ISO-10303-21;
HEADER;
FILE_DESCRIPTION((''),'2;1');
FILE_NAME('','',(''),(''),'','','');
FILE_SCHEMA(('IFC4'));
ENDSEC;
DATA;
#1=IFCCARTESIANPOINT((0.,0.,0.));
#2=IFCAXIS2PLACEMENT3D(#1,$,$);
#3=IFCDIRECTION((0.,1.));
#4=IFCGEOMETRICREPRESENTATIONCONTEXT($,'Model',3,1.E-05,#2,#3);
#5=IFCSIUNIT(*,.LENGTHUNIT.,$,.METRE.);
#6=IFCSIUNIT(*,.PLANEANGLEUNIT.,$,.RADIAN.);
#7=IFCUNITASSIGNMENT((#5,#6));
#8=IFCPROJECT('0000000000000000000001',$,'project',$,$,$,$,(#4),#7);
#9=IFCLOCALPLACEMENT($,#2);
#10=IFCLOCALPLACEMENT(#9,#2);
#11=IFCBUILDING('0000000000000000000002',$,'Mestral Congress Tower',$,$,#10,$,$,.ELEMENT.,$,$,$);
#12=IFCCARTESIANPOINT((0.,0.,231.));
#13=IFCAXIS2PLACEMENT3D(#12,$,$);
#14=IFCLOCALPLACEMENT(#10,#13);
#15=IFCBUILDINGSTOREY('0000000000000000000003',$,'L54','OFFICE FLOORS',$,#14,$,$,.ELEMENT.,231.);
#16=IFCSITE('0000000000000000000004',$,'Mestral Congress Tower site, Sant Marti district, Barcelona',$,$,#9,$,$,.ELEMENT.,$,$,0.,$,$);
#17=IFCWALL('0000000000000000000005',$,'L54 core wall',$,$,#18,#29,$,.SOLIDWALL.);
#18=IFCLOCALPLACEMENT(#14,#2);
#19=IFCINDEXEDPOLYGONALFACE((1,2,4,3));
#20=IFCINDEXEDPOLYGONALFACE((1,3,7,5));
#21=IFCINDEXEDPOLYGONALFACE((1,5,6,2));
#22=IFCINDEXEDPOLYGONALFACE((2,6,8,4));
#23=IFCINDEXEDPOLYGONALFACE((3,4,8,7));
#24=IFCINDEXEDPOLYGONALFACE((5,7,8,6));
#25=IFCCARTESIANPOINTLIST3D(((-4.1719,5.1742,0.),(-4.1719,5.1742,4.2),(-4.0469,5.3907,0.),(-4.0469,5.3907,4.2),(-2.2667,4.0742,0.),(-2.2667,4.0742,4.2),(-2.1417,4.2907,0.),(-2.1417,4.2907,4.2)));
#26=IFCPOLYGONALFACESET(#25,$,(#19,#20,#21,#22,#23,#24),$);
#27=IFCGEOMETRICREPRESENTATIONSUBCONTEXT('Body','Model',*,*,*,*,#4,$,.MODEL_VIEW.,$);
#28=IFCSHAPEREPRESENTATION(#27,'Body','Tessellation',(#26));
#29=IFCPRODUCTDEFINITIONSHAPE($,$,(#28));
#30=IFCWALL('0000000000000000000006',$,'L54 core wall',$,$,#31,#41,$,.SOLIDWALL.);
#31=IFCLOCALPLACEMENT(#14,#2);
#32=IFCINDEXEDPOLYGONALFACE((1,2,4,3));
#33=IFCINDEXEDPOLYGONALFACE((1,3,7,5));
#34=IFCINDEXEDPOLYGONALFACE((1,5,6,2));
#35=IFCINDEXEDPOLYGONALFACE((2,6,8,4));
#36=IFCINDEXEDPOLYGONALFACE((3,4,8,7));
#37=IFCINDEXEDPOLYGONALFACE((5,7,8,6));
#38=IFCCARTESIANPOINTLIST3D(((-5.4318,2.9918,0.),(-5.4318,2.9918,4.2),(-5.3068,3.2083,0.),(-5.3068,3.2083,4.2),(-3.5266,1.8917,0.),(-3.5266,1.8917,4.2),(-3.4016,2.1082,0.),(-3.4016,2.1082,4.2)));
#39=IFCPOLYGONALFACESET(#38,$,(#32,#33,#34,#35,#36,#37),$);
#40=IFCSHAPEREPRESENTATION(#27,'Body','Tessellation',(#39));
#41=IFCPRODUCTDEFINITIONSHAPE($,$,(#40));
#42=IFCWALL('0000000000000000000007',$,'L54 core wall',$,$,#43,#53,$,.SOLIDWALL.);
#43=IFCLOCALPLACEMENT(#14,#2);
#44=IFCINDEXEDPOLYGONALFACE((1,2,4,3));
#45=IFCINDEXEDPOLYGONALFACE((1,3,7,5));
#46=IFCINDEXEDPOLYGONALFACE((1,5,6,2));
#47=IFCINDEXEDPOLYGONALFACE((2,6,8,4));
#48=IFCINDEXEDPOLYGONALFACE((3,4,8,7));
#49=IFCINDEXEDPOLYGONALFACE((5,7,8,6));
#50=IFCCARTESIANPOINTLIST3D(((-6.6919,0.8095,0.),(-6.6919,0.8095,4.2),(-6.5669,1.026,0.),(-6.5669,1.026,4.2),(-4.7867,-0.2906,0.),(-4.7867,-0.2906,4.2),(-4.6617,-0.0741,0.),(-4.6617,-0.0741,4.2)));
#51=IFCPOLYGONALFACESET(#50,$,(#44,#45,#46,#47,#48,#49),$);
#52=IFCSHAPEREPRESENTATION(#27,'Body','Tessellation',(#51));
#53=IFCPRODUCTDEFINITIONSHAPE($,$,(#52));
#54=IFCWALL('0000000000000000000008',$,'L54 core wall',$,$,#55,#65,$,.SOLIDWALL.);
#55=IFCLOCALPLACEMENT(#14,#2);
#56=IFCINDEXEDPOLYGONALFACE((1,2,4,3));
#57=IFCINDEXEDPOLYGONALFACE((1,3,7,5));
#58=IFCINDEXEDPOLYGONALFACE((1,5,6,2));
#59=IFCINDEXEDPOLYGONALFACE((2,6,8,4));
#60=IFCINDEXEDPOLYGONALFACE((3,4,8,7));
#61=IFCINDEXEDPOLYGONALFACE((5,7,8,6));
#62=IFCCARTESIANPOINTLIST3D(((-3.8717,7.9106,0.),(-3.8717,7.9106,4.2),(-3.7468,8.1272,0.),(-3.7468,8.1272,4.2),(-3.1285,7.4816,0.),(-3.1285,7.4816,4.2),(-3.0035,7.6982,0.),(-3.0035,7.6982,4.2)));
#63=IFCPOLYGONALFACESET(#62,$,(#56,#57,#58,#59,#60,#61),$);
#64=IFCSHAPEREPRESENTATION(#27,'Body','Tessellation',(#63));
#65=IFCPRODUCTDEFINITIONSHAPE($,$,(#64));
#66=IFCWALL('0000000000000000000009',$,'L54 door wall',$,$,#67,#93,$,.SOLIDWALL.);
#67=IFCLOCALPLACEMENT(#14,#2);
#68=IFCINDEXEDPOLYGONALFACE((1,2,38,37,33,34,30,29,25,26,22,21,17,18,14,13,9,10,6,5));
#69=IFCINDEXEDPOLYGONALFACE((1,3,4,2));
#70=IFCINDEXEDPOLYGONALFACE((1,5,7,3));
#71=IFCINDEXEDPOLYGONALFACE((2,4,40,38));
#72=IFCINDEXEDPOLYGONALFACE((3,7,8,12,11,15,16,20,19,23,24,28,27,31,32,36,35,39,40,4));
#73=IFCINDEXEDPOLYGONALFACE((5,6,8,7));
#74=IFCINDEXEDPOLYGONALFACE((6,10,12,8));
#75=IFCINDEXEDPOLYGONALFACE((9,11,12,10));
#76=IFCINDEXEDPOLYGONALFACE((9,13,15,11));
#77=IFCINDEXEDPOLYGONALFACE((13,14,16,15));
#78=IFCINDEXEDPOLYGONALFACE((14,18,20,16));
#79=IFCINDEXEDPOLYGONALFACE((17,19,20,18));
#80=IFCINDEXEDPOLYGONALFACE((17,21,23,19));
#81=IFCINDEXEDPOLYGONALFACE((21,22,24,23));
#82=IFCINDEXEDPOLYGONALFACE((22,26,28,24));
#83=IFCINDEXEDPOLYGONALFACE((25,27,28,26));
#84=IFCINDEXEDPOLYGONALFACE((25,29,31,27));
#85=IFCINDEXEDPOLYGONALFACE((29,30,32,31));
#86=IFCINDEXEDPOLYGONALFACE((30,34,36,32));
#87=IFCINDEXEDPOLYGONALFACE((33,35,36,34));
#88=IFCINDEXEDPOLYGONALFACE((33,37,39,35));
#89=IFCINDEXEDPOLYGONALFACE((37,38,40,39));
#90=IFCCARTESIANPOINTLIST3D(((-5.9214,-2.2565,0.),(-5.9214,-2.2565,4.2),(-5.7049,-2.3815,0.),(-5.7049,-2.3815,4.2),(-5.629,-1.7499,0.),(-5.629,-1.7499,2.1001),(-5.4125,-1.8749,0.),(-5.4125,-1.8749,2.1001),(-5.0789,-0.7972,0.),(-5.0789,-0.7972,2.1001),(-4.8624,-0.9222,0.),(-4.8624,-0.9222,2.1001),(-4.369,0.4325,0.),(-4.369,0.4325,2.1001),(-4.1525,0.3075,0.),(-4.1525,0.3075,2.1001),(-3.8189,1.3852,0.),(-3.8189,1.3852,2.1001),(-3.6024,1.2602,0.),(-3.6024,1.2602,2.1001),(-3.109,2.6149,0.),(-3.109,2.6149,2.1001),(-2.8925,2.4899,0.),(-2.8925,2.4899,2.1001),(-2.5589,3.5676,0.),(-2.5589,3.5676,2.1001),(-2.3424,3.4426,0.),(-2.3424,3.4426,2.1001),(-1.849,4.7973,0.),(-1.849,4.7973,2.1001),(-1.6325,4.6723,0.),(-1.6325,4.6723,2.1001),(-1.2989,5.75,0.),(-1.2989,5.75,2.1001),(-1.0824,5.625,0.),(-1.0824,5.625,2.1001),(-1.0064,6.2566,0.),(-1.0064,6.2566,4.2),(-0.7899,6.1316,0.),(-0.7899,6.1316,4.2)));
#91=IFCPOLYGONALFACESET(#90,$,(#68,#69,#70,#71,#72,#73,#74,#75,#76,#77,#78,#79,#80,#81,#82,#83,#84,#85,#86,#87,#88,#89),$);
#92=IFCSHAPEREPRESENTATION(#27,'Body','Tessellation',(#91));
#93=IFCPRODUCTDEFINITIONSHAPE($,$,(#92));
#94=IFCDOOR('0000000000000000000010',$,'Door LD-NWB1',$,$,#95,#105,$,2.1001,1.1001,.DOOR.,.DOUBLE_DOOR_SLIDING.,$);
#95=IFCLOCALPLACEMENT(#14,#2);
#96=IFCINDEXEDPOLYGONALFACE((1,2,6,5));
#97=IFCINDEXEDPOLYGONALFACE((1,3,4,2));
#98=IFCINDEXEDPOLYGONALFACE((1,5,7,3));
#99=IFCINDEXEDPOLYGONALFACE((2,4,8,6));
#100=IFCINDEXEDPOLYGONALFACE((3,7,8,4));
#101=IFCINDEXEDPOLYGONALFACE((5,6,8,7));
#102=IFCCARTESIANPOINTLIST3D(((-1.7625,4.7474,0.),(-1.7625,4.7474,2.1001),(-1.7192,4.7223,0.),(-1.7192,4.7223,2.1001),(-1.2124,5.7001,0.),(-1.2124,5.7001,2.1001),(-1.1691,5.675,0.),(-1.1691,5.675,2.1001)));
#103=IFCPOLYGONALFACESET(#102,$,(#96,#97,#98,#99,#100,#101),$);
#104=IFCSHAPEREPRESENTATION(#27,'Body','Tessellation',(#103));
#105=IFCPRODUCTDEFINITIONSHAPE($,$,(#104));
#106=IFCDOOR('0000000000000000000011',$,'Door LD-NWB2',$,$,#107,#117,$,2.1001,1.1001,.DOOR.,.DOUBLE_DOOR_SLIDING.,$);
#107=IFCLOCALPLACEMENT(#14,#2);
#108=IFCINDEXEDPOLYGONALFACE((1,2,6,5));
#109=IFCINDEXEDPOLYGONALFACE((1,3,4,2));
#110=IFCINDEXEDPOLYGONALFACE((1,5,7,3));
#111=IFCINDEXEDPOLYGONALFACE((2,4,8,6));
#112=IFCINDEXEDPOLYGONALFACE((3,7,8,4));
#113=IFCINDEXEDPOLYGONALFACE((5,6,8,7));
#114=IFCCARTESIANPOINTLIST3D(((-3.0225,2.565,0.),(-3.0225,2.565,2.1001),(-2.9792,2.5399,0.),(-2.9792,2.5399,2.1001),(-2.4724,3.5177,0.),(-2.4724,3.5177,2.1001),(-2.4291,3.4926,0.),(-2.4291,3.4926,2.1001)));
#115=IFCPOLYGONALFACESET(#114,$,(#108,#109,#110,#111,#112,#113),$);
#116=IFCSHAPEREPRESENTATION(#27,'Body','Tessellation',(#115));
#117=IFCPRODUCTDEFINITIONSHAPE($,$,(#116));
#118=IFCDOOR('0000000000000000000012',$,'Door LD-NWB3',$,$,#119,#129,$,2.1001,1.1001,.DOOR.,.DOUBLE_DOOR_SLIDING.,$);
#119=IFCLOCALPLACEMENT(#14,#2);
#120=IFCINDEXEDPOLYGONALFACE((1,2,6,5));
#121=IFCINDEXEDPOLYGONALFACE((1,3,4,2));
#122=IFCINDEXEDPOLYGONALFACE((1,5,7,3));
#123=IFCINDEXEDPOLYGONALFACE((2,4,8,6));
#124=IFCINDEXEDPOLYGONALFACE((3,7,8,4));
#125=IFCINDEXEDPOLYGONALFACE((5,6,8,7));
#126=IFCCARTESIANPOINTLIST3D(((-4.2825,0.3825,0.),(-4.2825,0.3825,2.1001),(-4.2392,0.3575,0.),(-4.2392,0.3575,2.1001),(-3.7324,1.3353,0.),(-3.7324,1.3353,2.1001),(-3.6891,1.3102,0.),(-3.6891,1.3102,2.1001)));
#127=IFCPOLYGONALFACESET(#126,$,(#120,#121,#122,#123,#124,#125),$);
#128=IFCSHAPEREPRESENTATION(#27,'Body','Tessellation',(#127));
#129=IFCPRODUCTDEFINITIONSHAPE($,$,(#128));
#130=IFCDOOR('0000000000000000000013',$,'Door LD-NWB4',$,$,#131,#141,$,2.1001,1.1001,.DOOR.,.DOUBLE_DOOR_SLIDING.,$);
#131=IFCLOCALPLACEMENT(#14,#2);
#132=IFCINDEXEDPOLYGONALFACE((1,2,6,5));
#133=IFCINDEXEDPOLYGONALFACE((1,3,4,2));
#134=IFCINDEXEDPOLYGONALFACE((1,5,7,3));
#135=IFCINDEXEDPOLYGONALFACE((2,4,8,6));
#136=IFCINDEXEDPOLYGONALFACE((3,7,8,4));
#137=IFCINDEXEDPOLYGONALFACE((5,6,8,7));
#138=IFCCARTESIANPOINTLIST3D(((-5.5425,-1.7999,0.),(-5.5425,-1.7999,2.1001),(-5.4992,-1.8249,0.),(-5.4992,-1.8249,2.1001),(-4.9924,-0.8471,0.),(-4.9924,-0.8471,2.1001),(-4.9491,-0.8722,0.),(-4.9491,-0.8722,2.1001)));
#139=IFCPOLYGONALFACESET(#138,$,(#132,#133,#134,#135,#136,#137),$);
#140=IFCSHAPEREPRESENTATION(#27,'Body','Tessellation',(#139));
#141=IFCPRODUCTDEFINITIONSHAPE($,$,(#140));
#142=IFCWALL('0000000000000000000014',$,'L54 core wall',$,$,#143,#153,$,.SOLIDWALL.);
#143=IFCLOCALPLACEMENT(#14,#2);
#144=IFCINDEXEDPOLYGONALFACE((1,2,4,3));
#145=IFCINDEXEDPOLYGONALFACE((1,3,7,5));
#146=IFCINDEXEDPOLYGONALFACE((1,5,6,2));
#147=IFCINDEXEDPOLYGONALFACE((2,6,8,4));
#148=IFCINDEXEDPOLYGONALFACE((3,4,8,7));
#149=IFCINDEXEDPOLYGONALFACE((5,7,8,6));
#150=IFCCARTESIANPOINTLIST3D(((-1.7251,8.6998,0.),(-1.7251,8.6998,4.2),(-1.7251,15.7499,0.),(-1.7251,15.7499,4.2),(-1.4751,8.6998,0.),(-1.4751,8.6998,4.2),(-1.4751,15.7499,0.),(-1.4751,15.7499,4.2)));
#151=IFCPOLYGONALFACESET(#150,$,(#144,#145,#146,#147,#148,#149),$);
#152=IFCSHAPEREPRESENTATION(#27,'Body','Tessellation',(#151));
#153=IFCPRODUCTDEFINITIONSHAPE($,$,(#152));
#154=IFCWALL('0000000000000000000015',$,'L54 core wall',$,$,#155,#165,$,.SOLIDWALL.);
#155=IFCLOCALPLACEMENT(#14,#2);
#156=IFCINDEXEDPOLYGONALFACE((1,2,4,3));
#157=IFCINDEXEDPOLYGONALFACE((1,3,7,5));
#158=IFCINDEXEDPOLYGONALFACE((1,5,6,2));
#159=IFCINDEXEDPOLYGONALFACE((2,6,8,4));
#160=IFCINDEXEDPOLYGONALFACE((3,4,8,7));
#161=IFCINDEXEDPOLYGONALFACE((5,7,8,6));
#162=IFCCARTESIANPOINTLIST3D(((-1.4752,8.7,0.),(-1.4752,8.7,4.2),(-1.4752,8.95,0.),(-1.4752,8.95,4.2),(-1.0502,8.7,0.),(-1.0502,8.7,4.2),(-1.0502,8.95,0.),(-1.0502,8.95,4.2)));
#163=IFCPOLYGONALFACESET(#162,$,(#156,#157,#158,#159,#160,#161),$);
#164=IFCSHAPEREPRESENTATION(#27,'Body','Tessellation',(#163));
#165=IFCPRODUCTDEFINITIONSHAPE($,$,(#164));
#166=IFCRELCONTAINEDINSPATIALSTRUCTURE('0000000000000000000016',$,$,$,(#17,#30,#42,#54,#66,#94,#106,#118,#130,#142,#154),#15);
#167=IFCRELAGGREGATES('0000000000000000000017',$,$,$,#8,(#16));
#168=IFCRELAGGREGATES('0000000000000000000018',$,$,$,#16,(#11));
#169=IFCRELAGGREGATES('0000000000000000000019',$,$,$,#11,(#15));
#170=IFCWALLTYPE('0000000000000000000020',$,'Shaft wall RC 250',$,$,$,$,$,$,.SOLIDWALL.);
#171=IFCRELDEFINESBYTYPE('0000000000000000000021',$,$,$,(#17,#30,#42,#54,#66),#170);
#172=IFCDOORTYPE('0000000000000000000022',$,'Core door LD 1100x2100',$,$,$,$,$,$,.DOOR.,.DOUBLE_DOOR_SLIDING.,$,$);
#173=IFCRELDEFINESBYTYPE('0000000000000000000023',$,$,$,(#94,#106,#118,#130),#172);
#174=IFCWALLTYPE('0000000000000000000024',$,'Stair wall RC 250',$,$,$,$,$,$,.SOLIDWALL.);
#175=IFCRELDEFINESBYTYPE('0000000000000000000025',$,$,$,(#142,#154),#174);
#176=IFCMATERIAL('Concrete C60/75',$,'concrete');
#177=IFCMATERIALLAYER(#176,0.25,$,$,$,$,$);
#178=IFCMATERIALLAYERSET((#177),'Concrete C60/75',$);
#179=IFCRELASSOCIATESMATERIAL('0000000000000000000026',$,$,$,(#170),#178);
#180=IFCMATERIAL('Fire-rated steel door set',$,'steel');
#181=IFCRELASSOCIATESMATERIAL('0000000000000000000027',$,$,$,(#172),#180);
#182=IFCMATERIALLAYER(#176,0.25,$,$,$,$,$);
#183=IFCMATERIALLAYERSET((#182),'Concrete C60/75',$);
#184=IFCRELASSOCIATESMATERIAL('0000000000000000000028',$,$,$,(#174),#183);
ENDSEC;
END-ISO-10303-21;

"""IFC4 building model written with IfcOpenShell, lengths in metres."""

from ifc_helpers import new_model, si_unit, direction, frame, frame_2d, origin, place, context, subcontext, project, spatial, rectangle, extrude, material, layer, layer_set, type_object, element, fill, save


model = new_model("IFC4")

# Units and contexts
model_context = context("Model", 3, precision=1e-05, world=origin(), true_north=direction((0.0, 1.0)))
body_context = subcontext(model_context, "Body", "Model", "MODEL_VIEW")
ifc_project = project(units=[si_unit("LENGTHUNIT", "METRE"), si_unit("PLANEANGLEUNIT", "RADIAN")], contexts=[model_context])

# Site, building, storey
site_placement = place(None, origin())
site = spatial("IfcSite", under=ifc_project, at=site_placement, Name="Mestral Congress Tower site, Sant Marti district, Barcelona", CompositionType="ELEMENT", RefElevation=0.0)
building_placement = place(site_placement, origin())
building = spatial("IfcBuilding", under=site, at=building_placement, Name="Mestral Congress Tower", CompositionType="ELEMENT")
storey_placement = place(building_placement, frame((0.0, 0.0, 231.0)))
storey = spatial("IfcBuildingStorey", under=building, at=storey_placement, Name="L54", Description="OFFICE FLOORS", CompositionType="ELEMENT", Elevation=231.0)

# Shared definitions
ifc_material_1 = material(Name="Concrete C60/75", Category="concrete")

# Shared definitions
ifc_material_2 = material(Name="Fire-rated steel door set", Category="steel")

# Walls
ifc_layer_1 = layer(ifc_material_1, 0.25)
ifc_layer_set_1 = layer_set([ifc_layer_1], Name="Concrete C60/75")
wall_type_1 = type_object("IfcWallType", Name="Shaft wall RC 250", PredefinedType="SOLIDWALL", material=ifc_layer_set_1)
for number, where, z_axis, x_axis, name in (
    (1, (-2.2041, 4.1824, 0.0), (0.0, 0.0, 1.0), (-0.866008, 0.50003, 0.0), "L54 core wall"),
    (2, (-5.3694, 3.1001, 0.0), (0.0, 0.0, 1.0), (0.866008, -0.50003, 0.0), "L54 core wall"),
    (3, (-4.7241, -0.1824, 0.0), (0.0, 0.0, 1.0), (-0.866008, 0.50003, 0.0), "L54 core wall"),
):
    element("IfcWall", number, at=place(storey_placement, frame(where, z_axis=z_axis, x_axis=x_axis)), inside=storey, type_object=wall_type_1, Name=name, PredefinedType="SOLIDWALL", context=body_context, shape_type="SweptSolid", body=[
        extrude(rectangle(XDim=2.2, YDim=0.25, at=frame_2d((1.1001, 0.0))), origin(), (0.0, 0.0, 1.0), 4.2),
    ])
wall_1_placement = place(storey_placement, frame((-3.0659, 7.5898, 0.0), z_axis=(0.0, 0.0, 1.0), x_axis=(-0.866081, 0.499903, 0.0)))
element("IfcWall", 4, at=wall_1_placement, inside=storey, type_object=wall_type_1, Name="L54 core wall", PredefinedType="SOLIDWALL", context=body_context, shape_type="SweptSolid", body=[
    extrude(rectangle(XDim=0.8582, YDim=0.25, at=frame_2d((0.4292, 0.0))), origin(), (0.0, 0.0, 1.0), 4.2),
])

# Wall, openings, doors
wall_2_placement = place(storey_placement, frame((-0.8982, 6.1941, 0.0), z_axis=(0.0, 0.0, 1.0), x_axis=(-0.499996, -0.866028, 0.0)))
wall_2 = element("IfcWall", 5, at=wall_2_placement, inside=storey, type_object=wall_type_1, Name="L54 door wall", PredefinedType="SOLIDWALL", context=body_context, shape_type="SweptSolid", body=[
    extrude(rectangle(XDim=9.8301, YDim=0.25, at=frame_2d((4.915, 0.0))), origin(), (0.0, 0.0, 1.0), 4.2),
])
opening_1_placement = place(wall_2_placement, frame((0.585, 0.0, 0.0)))
opening_1 = element("IfcOpeningElement", 6, at=opening_1_placement, cuts=wall_2, PredefinedType="OPENING", context=body_context, shape_type="SweptSolid", body=[
    extrude(rectangle(XDim=1.1001, YDim=2.1001, at=frame_2d((0.55, 1.05))), frame((0.0, 0.135, 0.0), z_axis=(0.0, -1.0, 0.0), x_axis=(1.0, 0.0, 0.0)), (0.0, 0.0, 1.0), 0.27),
])
opening_2_placement = place(wall_2_placement, frame((3.105, 0.0, 0.0)))
opening_2 = element("IfcOpeningElement", 7, at=opening_2_placement, cuts=wall_2, PredefinedType="OPENING", context=body_context, shape_type="SweptSolid", body=[
    extrude(rectangle(XDim=1.1001, YDim=2.1001, at=frame_2d((0.55, 1.05))), frame((0.0, 0.135, 0.0), z_axis=(0.0, -1.0, 0.0), x_axis=(1.0, 0.0, 0.0)), (0.0, 0.0, 1.0), 0.27),
])
opening_3_placement = place(wall_2_placement, frame((5.625, 0.0, 0.0)))
opening_3 = element("IfcOpeningElement", 8, at=opening_3_placement, cuts=wall_2, PredefinedType="OPENING", context=body_context, shape_type="SweptSolid", body=[
    extrude(rectangle(XDim=1.1001, YDim=2.1001, at=frame_2d((0.55, 1.05))), frame((0.0, 0.135, 0.0), z_axis=(0.0, -1.0, 0.0), x_axis=(1.0, 0.0, 0.0)), (0.0, 0.0, 1.0), 0.27),
])
opening_4_placement = place(wall_2_placement, frame((8.145, 0.0, 0.0)))
opening_4 = element("IfcOpeningElement", 9, at=opening_4_placement, cuts=wall_2, PredefinedType="OPENING", context=body_context, shape_type="SweptSolid", body=[
    extrude(rectangle(XDim=1.1001, YDim=2.1001, at=frame_2d((0.55, 1.05))), frame((0.0, 0.135, 0.0), z_axis=(0.0, -1.0, 0.0), x_axis=(1.0, 0.0, 0.0)), (0.0, 0.0, 1.0), 0.27),
])
door_type_1 = type_object("IfcDoorType", Name="Core door LD 1100x2100", OperationType="DOUBLE_DOOR_SLIDING", PredefinedType="DOOR", material=ifc_material_2)
door_1_placement = place(opening_1_placement, origin())
door_1 = element("IfcDoor", 10, at=door_1_placement, inside=storey, type_object=door_type_1, Name="Door LD-NWB1", OperationType="DOUBLE_DOOR_SLIDING", OverallHeight=2.1001, OverallWidth=1.1001, PredefinedType="DOOR", context=body_context, shape_type="SweptSolid", body=[
    extrude(rectangle(XDim=1.1001, YDim=2.1001, at=frame_2d((0.55, 1.05))), frame((0.0, 0.0249, 0.0), z_axis=(0.0, -1.0, 0.0), x_axis=(1.0, 0.0, 0.0)), (0.0, 0.0, 1.0), 0.05),
])
fill(opening_1, door_1)
door_2_placement = place(opening_2_placement, origin())
door_2 = element("IfcDoor", 11, at=door_2_placement, inside=storey, type_object=door_type_1, Name="Door LD-NWB2", OperationType="DOUBLE_DOOR_SLIDING", OverallHeight=2.1001, OverallWidth=1.1001, PredefinedType="DOOR", context=body_context, shape_type="SweptSolid", body=[
    extrude(rectangle(XDim=1.1001, YDim=2.1001, at=frame_2d((0.55, 1.05))), frame((0.0, 0.0249, 0.0), z_axis=(0.0, -1.0, 0.0), x_axis=(1.0, 0.0, 0.0)), (0.0, 0.0, 1.0), 0.05),
])
fill(opening_2, door_2)
door_3_placement = place(opening_3_placement, origin())
door_3 = element("IfcDoor", 12, at=door_3_placement, inside=storey, type_object=door_type_1, Name="Door LD-NWB3", OperationType="DOUBLE_DOOR_SLIDING", OverallHeight=2.1001, OverallWidth=1.1001, PredefinedType="DOOR", context=body_context, shape_type="SweptSolid", body=[
    extrude(rectangle(XDim=1.1001, YDim=2.1001, at=frame_2d((0.55, 1.05))), frame((0.0, 0.0249, 0.0), z_axis=(0.0, -1.0, 0.0), x_axis=(1.0, 0.0, 0.0)), (0.0, 0.0, 1.0), 0.05),
])
fill(opening_3, door_3)
door_4_placement = place(opening_4_placement, origin())
door_4 = element("IfcDoor", 13, at=door_4_placement, inside=storey, type_object=door_type_1, Name="Door LD-NWB4", OperationType="DOUBLE_DOOR_SLIDING", OverallHeight=2.1001, OverallWidth=1.1001, PredefinedType="DOOR", context=body_context, shape_type="SweptSolid", body=[
    extrude(rectangle(XDim=1.1001, YDim=2.1001, at=frame_2d((0.55, 1.05))), frame((0.0, 0.0249, 0.0), z_axis=(0.0, -1.0, 0.0), x_axis=(1.0, 0.0, 0.0)), (0.0, 0.0, 1.0), 0.05),
])
fill(opening_4, door_4)

# Walls
ifc_layer_2 = layer(ifc_material_1, 0.25)
ifc_layer_set_2 = layer_set([ifc_layer_2], Name="Concrete C60/75")
wall_type_2 = type_object("IfcWallType", Name="Stair wall RC 250", PredefinedType="SOLIDWALL", material=ifc_layer_set_2)
wall_3_placement = place(storey_placement, frame((-1.6001, 8.7, 0.0), z_axis=(0.0, 0.0, 1.0), x_axis=(0.0, 1.0, 0.0)))
element("IfcWall", 14, at=wall_3_placement, inside=storey, type_object=wall_type_2, Name="L54 core wall", PredefinedType="SOLIDWALL", context=body_context, shape_type="SweptSolid", body=[
    extrude(rectangle(XDim=7.05, YDim=0.25, at=frame_2d((3.5249, 0.0))), origin(), (0.0, 0.0, 1.0), 4.2),
])
wall_4_placement = place(storey_placement, frame((-1.4751, 8.825, 0.0), z_axis=(0.0, 0.0, 1.0), x_axis=(1.0, 0.0, 0.0)))
element("IfcWall", 15, at=wall_4_placement, inside=storey, type_object=wall_type_2, Name="L54 core wall", PredefinedType="SOLIDWALL", context=body_context, shape_type="SweptSolid", body=[
    extrude(rectangle(XDim=0.425, YDim=0.25, at=frame_2d((0.2124, 0.0))), origin(), (0.0, 0.0, 1.0), 4.2),
])

save(model, "model.ifc")
